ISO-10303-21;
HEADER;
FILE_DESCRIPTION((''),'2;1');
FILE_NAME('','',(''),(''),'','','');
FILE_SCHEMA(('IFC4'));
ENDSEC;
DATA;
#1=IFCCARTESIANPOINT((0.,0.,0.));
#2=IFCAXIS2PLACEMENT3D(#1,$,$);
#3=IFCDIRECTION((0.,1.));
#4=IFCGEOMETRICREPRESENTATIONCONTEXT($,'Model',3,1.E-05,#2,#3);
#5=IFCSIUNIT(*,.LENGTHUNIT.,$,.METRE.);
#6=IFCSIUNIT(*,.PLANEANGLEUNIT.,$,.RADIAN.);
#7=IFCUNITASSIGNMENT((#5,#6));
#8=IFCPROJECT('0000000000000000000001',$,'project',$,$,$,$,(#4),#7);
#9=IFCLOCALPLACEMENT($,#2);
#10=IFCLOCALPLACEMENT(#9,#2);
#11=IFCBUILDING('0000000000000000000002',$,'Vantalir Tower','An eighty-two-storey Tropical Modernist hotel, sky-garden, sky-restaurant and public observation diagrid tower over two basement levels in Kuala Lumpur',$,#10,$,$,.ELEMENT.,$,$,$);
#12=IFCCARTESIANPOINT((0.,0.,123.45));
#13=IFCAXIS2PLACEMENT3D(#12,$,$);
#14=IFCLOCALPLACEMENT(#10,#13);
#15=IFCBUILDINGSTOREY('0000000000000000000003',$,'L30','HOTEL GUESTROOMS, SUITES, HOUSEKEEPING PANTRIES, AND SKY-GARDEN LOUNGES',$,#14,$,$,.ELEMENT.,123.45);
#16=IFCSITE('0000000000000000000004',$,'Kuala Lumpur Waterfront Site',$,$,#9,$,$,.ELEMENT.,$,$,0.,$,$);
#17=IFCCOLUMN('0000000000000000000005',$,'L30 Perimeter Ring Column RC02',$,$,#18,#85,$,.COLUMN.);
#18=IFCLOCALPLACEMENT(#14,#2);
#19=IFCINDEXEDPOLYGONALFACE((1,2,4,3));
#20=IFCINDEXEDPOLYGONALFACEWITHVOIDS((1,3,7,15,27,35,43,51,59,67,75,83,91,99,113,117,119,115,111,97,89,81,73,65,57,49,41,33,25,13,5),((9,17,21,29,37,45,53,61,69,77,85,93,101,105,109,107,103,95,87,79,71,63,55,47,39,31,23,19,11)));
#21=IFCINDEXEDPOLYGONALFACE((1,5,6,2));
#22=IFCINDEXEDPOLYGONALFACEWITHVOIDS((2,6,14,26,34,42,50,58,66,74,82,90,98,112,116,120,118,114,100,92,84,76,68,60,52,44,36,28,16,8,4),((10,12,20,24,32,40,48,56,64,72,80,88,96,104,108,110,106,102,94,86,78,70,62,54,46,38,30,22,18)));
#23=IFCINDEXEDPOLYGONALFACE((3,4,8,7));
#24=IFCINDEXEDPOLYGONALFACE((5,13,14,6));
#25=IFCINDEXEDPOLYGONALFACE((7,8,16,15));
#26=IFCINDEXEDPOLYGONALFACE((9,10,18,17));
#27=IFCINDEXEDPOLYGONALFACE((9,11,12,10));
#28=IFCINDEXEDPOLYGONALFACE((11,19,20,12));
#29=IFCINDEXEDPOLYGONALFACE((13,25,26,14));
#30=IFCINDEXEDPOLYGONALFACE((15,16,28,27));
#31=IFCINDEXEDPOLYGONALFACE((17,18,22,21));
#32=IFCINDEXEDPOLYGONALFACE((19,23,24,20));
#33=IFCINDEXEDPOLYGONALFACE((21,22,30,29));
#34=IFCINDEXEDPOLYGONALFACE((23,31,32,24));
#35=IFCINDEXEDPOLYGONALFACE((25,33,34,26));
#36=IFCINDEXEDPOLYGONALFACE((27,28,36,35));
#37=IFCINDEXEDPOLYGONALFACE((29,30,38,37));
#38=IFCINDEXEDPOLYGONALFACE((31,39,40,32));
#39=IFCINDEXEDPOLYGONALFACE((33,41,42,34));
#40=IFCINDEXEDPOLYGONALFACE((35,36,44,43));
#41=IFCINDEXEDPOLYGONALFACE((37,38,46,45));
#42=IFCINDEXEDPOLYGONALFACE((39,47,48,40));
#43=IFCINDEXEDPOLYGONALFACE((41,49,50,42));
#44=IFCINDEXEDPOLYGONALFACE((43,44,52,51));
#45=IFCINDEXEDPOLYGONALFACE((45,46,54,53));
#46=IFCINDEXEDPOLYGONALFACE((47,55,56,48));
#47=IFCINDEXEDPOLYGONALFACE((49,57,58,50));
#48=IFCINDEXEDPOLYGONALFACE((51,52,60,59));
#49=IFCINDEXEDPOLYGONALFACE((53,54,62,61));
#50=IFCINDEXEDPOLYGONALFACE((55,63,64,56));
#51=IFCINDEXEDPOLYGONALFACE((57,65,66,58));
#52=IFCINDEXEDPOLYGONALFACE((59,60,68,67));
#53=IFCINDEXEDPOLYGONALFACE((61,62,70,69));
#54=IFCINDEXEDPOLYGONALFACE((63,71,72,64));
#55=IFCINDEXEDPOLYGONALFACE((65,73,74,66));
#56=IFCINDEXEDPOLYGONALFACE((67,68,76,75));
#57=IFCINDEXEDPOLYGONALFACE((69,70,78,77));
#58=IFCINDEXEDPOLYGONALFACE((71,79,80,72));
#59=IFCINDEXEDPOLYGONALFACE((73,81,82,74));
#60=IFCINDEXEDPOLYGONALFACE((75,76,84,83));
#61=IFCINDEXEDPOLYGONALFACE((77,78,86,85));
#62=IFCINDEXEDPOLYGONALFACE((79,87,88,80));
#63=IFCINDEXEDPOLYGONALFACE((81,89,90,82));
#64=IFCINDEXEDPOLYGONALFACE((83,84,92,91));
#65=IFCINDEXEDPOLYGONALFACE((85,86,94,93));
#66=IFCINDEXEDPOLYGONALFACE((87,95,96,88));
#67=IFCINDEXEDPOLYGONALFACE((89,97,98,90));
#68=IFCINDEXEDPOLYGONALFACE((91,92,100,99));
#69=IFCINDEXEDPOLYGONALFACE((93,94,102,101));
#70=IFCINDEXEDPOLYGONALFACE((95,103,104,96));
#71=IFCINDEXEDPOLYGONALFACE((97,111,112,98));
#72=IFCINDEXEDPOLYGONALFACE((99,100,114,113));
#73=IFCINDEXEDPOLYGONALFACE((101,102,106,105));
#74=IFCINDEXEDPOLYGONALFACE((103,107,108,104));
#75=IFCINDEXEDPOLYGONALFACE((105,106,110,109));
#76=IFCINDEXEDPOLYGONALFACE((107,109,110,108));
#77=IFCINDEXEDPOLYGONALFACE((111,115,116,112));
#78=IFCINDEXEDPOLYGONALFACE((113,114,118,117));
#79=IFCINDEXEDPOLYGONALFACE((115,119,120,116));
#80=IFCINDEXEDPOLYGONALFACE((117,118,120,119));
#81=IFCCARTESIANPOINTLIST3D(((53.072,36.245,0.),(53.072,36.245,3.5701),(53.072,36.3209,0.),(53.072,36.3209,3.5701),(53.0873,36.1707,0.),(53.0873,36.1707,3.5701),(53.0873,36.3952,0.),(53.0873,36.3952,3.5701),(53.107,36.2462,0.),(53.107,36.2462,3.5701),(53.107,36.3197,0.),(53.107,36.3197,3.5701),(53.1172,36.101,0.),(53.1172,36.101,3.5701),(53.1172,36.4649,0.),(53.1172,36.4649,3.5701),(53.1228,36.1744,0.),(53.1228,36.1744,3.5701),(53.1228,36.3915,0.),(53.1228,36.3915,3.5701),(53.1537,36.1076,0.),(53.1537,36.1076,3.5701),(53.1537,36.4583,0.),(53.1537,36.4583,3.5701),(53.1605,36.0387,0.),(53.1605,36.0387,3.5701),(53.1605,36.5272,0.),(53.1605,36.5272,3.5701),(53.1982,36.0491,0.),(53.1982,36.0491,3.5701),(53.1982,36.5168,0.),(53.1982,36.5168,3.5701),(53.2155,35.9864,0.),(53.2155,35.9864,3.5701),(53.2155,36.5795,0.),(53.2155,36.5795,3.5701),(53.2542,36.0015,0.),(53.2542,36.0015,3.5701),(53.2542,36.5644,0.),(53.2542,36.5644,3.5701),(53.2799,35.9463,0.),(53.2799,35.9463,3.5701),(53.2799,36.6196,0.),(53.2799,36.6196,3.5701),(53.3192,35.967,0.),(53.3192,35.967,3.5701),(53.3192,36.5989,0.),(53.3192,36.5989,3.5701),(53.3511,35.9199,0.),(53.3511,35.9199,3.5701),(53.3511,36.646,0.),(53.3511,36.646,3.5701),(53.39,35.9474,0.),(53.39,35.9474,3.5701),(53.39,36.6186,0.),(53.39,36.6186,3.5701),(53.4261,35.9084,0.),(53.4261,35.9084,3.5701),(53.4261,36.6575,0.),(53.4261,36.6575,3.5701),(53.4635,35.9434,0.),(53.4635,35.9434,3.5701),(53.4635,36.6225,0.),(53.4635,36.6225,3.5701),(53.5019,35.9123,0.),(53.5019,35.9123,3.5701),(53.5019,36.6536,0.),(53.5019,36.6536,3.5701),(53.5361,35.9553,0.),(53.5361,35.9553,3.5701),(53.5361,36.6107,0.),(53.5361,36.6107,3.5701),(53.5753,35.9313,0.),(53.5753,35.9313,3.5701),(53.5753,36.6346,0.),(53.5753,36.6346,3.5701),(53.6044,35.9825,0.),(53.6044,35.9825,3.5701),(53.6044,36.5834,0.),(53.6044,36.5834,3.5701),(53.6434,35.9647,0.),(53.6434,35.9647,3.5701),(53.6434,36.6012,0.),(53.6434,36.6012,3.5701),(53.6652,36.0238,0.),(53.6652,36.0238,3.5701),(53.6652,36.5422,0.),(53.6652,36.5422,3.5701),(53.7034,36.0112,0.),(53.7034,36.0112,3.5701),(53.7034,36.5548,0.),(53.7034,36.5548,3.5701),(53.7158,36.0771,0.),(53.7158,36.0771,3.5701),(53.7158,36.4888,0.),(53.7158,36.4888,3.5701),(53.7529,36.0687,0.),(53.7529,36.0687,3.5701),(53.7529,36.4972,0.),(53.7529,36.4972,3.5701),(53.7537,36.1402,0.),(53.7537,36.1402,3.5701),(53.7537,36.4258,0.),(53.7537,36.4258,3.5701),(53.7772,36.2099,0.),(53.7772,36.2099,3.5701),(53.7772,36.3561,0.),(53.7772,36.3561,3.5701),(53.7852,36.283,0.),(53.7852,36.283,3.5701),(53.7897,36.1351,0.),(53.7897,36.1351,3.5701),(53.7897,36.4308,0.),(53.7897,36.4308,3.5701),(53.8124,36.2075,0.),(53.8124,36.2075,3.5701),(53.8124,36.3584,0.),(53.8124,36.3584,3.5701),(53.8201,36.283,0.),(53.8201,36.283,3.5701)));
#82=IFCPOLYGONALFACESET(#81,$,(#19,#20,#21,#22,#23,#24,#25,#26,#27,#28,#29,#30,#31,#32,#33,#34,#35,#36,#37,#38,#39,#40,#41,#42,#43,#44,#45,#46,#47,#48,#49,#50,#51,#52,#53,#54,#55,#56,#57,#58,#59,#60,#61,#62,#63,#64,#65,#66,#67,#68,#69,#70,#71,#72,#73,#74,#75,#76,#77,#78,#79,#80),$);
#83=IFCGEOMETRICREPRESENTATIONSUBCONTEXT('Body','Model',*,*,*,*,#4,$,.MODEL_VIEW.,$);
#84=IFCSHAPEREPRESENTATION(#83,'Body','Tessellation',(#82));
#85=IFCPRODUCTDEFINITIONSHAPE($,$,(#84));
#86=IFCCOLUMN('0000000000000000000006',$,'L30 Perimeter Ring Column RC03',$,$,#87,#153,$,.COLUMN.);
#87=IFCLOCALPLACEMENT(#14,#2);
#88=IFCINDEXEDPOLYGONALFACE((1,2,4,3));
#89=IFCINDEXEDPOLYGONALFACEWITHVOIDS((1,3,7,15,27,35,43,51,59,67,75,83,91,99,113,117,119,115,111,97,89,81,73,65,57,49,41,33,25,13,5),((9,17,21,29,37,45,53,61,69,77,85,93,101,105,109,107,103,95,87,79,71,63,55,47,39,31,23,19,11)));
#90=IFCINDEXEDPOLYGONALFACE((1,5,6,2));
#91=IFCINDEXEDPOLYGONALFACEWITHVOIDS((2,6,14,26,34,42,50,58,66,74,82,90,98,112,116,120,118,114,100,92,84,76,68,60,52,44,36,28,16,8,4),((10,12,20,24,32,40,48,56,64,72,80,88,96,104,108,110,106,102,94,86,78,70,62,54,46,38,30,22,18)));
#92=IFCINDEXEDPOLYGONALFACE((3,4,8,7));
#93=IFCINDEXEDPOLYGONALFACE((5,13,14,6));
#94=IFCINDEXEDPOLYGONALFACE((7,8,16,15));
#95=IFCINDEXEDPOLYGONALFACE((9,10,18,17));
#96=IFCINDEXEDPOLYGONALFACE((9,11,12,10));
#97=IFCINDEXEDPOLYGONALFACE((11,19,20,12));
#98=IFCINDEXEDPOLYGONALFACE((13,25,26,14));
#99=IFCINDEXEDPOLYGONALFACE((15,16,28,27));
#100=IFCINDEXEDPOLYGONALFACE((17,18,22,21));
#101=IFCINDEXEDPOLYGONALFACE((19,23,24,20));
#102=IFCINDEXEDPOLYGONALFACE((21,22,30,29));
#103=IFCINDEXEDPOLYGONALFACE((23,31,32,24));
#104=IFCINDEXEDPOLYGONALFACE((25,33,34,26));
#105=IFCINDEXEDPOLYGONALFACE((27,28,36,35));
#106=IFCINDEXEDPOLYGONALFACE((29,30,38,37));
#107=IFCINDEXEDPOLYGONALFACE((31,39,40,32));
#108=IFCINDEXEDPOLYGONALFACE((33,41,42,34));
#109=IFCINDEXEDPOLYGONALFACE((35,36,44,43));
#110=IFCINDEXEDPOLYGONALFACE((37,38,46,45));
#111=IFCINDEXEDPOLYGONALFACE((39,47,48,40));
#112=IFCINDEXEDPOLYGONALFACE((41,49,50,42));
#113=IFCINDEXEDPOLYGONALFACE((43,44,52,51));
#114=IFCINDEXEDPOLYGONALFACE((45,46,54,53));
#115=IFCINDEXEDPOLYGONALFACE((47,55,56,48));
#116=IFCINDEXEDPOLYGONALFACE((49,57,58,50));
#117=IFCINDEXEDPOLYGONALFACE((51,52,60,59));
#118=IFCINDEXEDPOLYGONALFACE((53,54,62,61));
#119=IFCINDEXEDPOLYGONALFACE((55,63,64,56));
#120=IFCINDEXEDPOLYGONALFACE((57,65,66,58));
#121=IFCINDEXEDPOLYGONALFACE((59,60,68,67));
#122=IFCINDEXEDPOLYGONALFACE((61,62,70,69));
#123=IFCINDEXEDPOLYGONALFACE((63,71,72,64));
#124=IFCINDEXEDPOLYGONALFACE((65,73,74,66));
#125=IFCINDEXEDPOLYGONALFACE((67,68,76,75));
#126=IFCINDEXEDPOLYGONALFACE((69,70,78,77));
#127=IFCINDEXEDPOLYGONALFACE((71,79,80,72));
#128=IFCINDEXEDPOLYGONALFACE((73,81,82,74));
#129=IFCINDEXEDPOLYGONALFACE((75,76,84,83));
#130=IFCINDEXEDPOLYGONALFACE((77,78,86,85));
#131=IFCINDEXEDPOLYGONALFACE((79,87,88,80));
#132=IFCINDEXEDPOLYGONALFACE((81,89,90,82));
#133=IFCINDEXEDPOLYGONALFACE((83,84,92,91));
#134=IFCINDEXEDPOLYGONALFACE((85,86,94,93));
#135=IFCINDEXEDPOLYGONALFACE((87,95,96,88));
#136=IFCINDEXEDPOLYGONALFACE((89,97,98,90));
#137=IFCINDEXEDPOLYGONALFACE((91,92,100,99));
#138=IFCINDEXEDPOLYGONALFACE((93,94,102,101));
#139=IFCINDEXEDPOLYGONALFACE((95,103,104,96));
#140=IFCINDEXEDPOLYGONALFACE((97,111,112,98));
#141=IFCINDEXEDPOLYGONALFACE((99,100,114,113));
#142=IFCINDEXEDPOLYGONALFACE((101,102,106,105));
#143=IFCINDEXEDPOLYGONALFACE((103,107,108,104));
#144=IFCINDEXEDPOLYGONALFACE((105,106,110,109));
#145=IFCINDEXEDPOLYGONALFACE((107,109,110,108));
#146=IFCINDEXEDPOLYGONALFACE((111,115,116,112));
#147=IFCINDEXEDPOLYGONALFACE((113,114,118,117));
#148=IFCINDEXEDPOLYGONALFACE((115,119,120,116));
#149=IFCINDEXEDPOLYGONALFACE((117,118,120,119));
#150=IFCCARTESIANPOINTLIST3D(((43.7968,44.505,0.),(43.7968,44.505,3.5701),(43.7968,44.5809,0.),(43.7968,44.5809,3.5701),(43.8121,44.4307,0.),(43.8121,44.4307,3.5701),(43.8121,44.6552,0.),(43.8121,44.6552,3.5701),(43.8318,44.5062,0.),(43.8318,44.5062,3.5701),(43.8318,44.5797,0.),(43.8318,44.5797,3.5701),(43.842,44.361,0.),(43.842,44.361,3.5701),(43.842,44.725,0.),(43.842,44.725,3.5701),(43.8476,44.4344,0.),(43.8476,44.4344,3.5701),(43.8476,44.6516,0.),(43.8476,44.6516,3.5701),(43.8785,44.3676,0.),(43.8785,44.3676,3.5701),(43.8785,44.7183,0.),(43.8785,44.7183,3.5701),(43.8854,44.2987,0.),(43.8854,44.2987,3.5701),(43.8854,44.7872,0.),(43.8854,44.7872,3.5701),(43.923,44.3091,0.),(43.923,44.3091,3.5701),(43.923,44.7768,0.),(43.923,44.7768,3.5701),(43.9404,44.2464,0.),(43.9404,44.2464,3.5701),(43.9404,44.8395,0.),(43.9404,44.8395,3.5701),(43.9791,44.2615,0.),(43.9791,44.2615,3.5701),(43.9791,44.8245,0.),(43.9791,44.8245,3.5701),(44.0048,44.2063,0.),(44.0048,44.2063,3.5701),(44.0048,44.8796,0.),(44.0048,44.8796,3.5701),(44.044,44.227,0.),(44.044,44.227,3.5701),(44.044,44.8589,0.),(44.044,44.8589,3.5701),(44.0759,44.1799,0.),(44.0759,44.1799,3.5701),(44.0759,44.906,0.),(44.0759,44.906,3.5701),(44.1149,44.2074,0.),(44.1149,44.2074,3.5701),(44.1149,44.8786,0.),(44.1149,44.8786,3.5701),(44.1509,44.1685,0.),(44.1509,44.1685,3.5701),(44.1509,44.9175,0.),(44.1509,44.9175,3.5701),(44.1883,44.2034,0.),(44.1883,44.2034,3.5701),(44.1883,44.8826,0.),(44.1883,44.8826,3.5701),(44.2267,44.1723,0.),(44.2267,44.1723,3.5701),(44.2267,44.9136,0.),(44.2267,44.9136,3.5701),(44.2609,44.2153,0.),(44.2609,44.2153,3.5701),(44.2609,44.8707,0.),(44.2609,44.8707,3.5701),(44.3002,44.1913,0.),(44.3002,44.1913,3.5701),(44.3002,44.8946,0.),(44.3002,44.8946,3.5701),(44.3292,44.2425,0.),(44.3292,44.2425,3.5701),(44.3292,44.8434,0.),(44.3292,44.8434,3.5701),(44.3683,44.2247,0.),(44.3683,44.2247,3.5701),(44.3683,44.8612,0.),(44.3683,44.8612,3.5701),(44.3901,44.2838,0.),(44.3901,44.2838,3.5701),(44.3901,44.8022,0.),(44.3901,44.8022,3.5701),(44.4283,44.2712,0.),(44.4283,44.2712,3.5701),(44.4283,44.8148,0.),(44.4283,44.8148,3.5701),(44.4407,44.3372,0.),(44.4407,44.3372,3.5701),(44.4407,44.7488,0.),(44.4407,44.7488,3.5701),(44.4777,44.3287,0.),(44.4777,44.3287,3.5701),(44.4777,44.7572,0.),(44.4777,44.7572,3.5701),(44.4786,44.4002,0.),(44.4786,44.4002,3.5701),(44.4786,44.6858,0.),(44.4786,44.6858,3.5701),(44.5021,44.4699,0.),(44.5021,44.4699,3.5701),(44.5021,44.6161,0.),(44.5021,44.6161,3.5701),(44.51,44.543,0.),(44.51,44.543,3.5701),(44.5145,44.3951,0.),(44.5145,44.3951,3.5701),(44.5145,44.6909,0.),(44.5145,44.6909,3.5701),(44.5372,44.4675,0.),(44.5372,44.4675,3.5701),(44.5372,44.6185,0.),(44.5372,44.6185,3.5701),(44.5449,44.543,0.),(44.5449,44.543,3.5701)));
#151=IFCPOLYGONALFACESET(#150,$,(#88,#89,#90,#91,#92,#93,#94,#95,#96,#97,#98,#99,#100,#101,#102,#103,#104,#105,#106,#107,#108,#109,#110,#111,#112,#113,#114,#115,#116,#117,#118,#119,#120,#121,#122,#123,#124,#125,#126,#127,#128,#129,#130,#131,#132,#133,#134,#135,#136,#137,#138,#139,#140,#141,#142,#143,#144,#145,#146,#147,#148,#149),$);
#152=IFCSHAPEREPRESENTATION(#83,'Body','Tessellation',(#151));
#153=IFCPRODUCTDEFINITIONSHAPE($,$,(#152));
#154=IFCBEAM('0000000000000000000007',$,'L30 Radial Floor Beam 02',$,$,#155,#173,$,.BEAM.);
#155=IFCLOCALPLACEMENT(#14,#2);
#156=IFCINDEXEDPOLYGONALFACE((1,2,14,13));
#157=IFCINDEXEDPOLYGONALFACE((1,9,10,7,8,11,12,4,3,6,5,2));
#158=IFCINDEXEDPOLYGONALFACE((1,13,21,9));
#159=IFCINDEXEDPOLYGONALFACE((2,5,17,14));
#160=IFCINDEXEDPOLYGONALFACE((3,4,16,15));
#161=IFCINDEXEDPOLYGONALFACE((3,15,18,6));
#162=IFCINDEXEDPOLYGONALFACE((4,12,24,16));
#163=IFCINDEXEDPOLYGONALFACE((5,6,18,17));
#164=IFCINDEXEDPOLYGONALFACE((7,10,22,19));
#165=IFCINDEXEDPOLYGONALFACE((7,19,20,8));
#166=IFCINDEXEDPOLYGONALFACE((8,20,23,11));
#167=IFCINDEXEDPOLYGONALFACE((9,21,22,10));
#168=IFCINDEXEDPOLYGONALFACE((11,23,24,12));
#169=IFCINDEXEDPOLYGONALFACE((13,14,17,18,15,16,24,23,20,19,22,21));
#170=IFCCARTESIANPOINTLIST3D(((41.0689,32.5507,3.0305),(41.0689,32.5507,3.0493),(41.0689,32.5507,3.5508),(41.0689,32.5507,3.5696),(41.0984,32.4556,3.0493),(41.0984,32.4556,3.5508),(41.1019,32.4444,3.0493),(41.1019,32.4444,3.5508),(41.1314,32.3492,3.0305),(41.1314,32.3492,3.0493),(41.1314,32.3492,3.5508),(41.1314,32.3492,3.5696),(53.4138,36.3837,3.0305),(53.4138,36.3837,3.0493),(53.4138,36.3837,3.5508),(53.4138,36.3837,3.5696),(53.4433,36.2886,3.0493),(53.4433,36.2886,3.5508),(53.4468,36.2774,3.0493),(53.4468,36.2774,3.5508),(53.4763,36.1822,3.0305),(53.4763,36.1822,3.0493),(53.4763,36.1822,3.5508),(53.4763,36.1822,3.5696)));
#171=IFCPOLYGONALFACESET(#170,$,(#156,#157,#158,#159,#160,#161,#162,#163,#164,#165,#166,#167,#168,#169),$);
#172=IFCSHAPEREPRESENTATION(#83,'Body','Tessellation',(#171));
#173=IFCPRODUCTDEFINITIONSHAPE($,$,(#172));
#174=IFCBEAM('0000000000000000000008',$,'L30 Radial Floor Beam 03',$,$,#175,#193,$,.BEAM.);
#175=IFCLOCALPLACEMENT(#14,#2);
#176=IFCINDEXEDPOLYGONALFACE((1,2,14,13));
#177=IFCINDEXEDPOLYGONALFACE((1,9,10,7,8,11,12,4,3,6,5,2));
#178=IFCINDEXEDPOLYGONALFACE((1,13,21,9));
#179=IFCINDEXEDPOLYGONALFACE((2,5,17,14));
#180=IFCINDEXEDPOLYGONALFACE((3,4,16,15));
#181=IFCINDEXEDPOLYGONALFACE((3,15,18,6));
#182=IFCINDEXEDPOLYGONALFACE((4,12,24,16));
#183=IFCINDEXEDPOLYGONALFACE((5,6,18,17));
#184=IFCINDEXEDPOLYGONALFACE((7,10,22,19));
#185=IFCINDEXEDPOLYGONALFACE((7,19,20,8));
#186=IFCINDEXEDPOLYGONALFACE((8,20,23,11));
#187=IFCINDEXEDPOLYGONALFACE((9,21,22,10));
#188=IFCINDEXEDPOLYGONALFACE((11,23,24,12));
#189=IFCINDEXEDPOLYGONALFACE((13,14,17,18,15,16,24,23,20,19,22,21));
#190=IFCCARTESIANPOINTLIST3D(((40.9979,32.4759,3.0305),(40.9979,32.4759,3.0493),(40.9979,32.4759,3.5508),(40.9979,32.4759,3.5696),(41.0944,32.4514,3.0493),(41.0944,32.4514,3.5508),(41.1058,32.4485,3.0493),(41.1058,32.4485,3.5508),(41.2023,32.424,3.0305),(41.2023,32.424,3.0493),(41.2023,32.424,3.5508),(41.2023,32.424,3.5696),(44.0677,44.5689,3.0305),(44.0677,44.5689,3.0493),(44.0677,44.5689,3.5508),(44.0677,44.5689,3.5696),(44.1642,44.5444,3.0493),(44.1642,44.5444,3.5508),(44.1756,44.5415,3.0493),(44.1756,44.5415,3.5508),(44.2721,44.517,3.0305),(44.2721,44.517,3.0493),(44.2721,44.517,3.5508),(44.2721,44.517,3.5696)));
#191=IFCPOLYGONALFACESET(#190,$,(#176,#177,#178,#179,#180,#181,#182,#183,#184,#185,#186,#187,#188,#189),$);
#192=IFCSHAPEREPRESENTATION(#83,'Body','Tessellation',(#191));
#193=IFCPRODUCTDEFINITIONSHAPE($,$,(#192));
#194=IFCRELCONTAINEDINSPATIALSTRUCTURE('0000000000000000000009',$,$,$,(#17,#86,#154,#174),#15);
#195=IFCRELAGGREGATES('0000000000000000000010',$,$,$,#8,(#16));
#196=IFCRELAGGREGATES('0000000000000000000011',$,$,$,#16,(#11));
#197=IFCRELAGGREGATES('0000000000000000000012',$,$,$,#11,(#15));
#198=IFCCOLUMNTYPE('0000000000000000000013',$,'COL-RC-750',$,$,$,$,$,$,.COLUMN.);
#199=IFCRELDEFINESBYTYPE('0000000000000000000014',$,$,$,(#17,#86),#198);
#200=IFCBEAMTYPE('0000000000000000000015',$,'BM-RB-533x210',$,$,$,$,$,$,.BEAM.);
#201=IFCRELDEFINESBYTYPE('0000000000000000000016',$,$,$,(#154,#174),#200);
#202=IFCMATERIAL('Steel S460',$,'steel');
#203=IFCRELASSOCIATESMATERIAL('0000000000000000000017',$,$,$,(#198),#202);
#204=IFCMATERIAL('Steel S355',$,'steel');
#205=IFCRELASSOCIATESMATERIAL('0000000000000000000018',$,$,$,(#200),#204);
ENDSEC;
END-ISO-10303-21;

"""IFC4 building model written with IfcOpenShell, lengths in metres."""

from ifc_helpers import new_model, si_unit, direction, frame, origin, origin_2d, place, context, subcontext, project, spatial, hollow_circle, i_section, extrude, material, material_profile, profile_set, type_object, element, save


model = new_model("IFC4")

# Units and contexts
model_context = context("Model", 3, precision=1e-05, world=origin(), true_north=direction((0.0, 1.0)))
body_context = subcontext(model_context, "Body", "Model", "MODEL_VIEW")
ifc_project = project(units=[si_unit("LENGTHUNIT", "METRE"), si_unit("PLANEANGLEUNIT", "RADIAN")], contexts=[model_context])

# Site, building, storey
site_placement = place(None, origin())
site = spatial("IfcSite", under=ifc_project, at=site_placement, Name="Kuala Lumpur Waterfront Site", CompositionType="ELEMENT", RefElevation=0.0)
building_placement = place(site_placement, origin())
building = spatial("IfcBuilding", under=site, at=building_placement, Name="Vantalir Tower", Description="An eighty-two-storey Tropical Modernist hotel, sky-garden, sky-restaurant and public observation diagrid tower over two basement levels in Kuala Lumpur", CompositionType="ELEMENT")
storey_placement = place(building_placement, frame((0.0, 0.0, 123.45)))
storey = spatial("IfcBuildingStorey", under=building, at=storey_placement, Name="L30", Description="HOTEL GUESTROOMS, SUITES, HOUSEKEEPING PANTRIES, AND SKY-GARDEN LOUNGES", CompositionType="ELEMENT", Elevation=123.45)

# Columns
ifc_material_1 = material(Name="Steel S460", Category="steel")
ifc_material_profile_1 = material_profile(ifc_material_1, hollow_circle(Radius=0.375, WallThickness=0.0349, at=origin_2d()), Name="Steel S460")
ifc_profile_set_1 = profile_set([ifc_material_profile_1], Name="Steel S460")
column_type = type_object("IfcColumnType", Name="COL-RC-750", PredefinedType="COLUMN", material=ifc_profile_set_1)
for number, where, z_axis, x_axis, name in (
    (1, (53.4451, 36.283, 0.0), (0.0, 0.0, 1.0), (1.0, 0.0, 0.0), "L30 Perimeter Ring Column RC02"),
    (2, (44.1699, 44.543, 0.0), (0.0, 0.0, 1.0), (1.0, 0.0, 0.0), "L30 Perimeter Ring Column RC03"),
):
    element("IfcColumn", number, at=place(storey_placement, frame(where, z_axis=z_axis, x_axis=x_axis)), inside=storey, type_object=column_type, Name=name, PredefinedType="COLUMN", context=body_context, shape_type="SweptSolid", body=[
        extrude(hollow_circle(Radius=0.375, WallThickness=0.0349, at=origin_2d()), origin(), (0.0, 0.0, 1.0), 3.5701),
    ])

# Beams
ifc_material_2 = material(Name="Steel S355", Category="steel")
ifc_material_profile_2 = material_profile(ifc_material_2, i_section(OverallWidth=0.2109, OverallDepth=0.5391, WebThickness=0.0117, FlangeThickness=0.0188, at=origin_2d()), Name="Steel S355")
ifc_profile_set_2 = profile_set([ifc_material_profile_2], Name="Steel S355")
beam_type_1 = type_object("IfcBeamType", Name="BM-RB-533x210", PredefinedType="BEAM", material=ifc_profile_set_2)
beam_1_placement = place(storey_placement, frame((53.4451, 36.283, 3.3), z_axis=(-0.955024, -0.296527, 0.0), x_axis=(0.296527, -0.955024, 0.0)))
element("IfcBeam", 3, at=beam_1_placement, inside=storey, type_object=beam_type_1, Name="L30 Radial Floor Beam 02", PredefinedType="BEAM", context=body_context, shape_type="SweptSolid", body=[
    extrude(i_section(OverallWidth=0.2109, OverallDepth=0.5391, WebThickness=0.0117, FlangeThickness=0.0188, at=origin_2d()), origin(), (0.0, 0.0, 1.0), 12.9263),
])
beam_2_placement = place(storey_placement, frame((44.1699, 44.543, 3.3), z_axis=(-0.246047, -0.969258, 0.0), x_axis=(0.969258, -0.246047, 0.0)))
element("IfcBeam", 4, at=beam_2_placement, inside=storey, type_object=beam_type_1, Name="L30 Radial Floor Beam 03", PredefinedType="BEAM", context=body_context, shape_type="SweptSolid", body=[
    extrude(i_section(OverallWidth=0.2109, OverallDepth=0.5391, WebThickness=0.0117, FlangeThickness=0.0188, at=origin_2d()), origin(), (0.0, 0.0, 1.0), 12.4766),
])

save(model, "model.ifc")
